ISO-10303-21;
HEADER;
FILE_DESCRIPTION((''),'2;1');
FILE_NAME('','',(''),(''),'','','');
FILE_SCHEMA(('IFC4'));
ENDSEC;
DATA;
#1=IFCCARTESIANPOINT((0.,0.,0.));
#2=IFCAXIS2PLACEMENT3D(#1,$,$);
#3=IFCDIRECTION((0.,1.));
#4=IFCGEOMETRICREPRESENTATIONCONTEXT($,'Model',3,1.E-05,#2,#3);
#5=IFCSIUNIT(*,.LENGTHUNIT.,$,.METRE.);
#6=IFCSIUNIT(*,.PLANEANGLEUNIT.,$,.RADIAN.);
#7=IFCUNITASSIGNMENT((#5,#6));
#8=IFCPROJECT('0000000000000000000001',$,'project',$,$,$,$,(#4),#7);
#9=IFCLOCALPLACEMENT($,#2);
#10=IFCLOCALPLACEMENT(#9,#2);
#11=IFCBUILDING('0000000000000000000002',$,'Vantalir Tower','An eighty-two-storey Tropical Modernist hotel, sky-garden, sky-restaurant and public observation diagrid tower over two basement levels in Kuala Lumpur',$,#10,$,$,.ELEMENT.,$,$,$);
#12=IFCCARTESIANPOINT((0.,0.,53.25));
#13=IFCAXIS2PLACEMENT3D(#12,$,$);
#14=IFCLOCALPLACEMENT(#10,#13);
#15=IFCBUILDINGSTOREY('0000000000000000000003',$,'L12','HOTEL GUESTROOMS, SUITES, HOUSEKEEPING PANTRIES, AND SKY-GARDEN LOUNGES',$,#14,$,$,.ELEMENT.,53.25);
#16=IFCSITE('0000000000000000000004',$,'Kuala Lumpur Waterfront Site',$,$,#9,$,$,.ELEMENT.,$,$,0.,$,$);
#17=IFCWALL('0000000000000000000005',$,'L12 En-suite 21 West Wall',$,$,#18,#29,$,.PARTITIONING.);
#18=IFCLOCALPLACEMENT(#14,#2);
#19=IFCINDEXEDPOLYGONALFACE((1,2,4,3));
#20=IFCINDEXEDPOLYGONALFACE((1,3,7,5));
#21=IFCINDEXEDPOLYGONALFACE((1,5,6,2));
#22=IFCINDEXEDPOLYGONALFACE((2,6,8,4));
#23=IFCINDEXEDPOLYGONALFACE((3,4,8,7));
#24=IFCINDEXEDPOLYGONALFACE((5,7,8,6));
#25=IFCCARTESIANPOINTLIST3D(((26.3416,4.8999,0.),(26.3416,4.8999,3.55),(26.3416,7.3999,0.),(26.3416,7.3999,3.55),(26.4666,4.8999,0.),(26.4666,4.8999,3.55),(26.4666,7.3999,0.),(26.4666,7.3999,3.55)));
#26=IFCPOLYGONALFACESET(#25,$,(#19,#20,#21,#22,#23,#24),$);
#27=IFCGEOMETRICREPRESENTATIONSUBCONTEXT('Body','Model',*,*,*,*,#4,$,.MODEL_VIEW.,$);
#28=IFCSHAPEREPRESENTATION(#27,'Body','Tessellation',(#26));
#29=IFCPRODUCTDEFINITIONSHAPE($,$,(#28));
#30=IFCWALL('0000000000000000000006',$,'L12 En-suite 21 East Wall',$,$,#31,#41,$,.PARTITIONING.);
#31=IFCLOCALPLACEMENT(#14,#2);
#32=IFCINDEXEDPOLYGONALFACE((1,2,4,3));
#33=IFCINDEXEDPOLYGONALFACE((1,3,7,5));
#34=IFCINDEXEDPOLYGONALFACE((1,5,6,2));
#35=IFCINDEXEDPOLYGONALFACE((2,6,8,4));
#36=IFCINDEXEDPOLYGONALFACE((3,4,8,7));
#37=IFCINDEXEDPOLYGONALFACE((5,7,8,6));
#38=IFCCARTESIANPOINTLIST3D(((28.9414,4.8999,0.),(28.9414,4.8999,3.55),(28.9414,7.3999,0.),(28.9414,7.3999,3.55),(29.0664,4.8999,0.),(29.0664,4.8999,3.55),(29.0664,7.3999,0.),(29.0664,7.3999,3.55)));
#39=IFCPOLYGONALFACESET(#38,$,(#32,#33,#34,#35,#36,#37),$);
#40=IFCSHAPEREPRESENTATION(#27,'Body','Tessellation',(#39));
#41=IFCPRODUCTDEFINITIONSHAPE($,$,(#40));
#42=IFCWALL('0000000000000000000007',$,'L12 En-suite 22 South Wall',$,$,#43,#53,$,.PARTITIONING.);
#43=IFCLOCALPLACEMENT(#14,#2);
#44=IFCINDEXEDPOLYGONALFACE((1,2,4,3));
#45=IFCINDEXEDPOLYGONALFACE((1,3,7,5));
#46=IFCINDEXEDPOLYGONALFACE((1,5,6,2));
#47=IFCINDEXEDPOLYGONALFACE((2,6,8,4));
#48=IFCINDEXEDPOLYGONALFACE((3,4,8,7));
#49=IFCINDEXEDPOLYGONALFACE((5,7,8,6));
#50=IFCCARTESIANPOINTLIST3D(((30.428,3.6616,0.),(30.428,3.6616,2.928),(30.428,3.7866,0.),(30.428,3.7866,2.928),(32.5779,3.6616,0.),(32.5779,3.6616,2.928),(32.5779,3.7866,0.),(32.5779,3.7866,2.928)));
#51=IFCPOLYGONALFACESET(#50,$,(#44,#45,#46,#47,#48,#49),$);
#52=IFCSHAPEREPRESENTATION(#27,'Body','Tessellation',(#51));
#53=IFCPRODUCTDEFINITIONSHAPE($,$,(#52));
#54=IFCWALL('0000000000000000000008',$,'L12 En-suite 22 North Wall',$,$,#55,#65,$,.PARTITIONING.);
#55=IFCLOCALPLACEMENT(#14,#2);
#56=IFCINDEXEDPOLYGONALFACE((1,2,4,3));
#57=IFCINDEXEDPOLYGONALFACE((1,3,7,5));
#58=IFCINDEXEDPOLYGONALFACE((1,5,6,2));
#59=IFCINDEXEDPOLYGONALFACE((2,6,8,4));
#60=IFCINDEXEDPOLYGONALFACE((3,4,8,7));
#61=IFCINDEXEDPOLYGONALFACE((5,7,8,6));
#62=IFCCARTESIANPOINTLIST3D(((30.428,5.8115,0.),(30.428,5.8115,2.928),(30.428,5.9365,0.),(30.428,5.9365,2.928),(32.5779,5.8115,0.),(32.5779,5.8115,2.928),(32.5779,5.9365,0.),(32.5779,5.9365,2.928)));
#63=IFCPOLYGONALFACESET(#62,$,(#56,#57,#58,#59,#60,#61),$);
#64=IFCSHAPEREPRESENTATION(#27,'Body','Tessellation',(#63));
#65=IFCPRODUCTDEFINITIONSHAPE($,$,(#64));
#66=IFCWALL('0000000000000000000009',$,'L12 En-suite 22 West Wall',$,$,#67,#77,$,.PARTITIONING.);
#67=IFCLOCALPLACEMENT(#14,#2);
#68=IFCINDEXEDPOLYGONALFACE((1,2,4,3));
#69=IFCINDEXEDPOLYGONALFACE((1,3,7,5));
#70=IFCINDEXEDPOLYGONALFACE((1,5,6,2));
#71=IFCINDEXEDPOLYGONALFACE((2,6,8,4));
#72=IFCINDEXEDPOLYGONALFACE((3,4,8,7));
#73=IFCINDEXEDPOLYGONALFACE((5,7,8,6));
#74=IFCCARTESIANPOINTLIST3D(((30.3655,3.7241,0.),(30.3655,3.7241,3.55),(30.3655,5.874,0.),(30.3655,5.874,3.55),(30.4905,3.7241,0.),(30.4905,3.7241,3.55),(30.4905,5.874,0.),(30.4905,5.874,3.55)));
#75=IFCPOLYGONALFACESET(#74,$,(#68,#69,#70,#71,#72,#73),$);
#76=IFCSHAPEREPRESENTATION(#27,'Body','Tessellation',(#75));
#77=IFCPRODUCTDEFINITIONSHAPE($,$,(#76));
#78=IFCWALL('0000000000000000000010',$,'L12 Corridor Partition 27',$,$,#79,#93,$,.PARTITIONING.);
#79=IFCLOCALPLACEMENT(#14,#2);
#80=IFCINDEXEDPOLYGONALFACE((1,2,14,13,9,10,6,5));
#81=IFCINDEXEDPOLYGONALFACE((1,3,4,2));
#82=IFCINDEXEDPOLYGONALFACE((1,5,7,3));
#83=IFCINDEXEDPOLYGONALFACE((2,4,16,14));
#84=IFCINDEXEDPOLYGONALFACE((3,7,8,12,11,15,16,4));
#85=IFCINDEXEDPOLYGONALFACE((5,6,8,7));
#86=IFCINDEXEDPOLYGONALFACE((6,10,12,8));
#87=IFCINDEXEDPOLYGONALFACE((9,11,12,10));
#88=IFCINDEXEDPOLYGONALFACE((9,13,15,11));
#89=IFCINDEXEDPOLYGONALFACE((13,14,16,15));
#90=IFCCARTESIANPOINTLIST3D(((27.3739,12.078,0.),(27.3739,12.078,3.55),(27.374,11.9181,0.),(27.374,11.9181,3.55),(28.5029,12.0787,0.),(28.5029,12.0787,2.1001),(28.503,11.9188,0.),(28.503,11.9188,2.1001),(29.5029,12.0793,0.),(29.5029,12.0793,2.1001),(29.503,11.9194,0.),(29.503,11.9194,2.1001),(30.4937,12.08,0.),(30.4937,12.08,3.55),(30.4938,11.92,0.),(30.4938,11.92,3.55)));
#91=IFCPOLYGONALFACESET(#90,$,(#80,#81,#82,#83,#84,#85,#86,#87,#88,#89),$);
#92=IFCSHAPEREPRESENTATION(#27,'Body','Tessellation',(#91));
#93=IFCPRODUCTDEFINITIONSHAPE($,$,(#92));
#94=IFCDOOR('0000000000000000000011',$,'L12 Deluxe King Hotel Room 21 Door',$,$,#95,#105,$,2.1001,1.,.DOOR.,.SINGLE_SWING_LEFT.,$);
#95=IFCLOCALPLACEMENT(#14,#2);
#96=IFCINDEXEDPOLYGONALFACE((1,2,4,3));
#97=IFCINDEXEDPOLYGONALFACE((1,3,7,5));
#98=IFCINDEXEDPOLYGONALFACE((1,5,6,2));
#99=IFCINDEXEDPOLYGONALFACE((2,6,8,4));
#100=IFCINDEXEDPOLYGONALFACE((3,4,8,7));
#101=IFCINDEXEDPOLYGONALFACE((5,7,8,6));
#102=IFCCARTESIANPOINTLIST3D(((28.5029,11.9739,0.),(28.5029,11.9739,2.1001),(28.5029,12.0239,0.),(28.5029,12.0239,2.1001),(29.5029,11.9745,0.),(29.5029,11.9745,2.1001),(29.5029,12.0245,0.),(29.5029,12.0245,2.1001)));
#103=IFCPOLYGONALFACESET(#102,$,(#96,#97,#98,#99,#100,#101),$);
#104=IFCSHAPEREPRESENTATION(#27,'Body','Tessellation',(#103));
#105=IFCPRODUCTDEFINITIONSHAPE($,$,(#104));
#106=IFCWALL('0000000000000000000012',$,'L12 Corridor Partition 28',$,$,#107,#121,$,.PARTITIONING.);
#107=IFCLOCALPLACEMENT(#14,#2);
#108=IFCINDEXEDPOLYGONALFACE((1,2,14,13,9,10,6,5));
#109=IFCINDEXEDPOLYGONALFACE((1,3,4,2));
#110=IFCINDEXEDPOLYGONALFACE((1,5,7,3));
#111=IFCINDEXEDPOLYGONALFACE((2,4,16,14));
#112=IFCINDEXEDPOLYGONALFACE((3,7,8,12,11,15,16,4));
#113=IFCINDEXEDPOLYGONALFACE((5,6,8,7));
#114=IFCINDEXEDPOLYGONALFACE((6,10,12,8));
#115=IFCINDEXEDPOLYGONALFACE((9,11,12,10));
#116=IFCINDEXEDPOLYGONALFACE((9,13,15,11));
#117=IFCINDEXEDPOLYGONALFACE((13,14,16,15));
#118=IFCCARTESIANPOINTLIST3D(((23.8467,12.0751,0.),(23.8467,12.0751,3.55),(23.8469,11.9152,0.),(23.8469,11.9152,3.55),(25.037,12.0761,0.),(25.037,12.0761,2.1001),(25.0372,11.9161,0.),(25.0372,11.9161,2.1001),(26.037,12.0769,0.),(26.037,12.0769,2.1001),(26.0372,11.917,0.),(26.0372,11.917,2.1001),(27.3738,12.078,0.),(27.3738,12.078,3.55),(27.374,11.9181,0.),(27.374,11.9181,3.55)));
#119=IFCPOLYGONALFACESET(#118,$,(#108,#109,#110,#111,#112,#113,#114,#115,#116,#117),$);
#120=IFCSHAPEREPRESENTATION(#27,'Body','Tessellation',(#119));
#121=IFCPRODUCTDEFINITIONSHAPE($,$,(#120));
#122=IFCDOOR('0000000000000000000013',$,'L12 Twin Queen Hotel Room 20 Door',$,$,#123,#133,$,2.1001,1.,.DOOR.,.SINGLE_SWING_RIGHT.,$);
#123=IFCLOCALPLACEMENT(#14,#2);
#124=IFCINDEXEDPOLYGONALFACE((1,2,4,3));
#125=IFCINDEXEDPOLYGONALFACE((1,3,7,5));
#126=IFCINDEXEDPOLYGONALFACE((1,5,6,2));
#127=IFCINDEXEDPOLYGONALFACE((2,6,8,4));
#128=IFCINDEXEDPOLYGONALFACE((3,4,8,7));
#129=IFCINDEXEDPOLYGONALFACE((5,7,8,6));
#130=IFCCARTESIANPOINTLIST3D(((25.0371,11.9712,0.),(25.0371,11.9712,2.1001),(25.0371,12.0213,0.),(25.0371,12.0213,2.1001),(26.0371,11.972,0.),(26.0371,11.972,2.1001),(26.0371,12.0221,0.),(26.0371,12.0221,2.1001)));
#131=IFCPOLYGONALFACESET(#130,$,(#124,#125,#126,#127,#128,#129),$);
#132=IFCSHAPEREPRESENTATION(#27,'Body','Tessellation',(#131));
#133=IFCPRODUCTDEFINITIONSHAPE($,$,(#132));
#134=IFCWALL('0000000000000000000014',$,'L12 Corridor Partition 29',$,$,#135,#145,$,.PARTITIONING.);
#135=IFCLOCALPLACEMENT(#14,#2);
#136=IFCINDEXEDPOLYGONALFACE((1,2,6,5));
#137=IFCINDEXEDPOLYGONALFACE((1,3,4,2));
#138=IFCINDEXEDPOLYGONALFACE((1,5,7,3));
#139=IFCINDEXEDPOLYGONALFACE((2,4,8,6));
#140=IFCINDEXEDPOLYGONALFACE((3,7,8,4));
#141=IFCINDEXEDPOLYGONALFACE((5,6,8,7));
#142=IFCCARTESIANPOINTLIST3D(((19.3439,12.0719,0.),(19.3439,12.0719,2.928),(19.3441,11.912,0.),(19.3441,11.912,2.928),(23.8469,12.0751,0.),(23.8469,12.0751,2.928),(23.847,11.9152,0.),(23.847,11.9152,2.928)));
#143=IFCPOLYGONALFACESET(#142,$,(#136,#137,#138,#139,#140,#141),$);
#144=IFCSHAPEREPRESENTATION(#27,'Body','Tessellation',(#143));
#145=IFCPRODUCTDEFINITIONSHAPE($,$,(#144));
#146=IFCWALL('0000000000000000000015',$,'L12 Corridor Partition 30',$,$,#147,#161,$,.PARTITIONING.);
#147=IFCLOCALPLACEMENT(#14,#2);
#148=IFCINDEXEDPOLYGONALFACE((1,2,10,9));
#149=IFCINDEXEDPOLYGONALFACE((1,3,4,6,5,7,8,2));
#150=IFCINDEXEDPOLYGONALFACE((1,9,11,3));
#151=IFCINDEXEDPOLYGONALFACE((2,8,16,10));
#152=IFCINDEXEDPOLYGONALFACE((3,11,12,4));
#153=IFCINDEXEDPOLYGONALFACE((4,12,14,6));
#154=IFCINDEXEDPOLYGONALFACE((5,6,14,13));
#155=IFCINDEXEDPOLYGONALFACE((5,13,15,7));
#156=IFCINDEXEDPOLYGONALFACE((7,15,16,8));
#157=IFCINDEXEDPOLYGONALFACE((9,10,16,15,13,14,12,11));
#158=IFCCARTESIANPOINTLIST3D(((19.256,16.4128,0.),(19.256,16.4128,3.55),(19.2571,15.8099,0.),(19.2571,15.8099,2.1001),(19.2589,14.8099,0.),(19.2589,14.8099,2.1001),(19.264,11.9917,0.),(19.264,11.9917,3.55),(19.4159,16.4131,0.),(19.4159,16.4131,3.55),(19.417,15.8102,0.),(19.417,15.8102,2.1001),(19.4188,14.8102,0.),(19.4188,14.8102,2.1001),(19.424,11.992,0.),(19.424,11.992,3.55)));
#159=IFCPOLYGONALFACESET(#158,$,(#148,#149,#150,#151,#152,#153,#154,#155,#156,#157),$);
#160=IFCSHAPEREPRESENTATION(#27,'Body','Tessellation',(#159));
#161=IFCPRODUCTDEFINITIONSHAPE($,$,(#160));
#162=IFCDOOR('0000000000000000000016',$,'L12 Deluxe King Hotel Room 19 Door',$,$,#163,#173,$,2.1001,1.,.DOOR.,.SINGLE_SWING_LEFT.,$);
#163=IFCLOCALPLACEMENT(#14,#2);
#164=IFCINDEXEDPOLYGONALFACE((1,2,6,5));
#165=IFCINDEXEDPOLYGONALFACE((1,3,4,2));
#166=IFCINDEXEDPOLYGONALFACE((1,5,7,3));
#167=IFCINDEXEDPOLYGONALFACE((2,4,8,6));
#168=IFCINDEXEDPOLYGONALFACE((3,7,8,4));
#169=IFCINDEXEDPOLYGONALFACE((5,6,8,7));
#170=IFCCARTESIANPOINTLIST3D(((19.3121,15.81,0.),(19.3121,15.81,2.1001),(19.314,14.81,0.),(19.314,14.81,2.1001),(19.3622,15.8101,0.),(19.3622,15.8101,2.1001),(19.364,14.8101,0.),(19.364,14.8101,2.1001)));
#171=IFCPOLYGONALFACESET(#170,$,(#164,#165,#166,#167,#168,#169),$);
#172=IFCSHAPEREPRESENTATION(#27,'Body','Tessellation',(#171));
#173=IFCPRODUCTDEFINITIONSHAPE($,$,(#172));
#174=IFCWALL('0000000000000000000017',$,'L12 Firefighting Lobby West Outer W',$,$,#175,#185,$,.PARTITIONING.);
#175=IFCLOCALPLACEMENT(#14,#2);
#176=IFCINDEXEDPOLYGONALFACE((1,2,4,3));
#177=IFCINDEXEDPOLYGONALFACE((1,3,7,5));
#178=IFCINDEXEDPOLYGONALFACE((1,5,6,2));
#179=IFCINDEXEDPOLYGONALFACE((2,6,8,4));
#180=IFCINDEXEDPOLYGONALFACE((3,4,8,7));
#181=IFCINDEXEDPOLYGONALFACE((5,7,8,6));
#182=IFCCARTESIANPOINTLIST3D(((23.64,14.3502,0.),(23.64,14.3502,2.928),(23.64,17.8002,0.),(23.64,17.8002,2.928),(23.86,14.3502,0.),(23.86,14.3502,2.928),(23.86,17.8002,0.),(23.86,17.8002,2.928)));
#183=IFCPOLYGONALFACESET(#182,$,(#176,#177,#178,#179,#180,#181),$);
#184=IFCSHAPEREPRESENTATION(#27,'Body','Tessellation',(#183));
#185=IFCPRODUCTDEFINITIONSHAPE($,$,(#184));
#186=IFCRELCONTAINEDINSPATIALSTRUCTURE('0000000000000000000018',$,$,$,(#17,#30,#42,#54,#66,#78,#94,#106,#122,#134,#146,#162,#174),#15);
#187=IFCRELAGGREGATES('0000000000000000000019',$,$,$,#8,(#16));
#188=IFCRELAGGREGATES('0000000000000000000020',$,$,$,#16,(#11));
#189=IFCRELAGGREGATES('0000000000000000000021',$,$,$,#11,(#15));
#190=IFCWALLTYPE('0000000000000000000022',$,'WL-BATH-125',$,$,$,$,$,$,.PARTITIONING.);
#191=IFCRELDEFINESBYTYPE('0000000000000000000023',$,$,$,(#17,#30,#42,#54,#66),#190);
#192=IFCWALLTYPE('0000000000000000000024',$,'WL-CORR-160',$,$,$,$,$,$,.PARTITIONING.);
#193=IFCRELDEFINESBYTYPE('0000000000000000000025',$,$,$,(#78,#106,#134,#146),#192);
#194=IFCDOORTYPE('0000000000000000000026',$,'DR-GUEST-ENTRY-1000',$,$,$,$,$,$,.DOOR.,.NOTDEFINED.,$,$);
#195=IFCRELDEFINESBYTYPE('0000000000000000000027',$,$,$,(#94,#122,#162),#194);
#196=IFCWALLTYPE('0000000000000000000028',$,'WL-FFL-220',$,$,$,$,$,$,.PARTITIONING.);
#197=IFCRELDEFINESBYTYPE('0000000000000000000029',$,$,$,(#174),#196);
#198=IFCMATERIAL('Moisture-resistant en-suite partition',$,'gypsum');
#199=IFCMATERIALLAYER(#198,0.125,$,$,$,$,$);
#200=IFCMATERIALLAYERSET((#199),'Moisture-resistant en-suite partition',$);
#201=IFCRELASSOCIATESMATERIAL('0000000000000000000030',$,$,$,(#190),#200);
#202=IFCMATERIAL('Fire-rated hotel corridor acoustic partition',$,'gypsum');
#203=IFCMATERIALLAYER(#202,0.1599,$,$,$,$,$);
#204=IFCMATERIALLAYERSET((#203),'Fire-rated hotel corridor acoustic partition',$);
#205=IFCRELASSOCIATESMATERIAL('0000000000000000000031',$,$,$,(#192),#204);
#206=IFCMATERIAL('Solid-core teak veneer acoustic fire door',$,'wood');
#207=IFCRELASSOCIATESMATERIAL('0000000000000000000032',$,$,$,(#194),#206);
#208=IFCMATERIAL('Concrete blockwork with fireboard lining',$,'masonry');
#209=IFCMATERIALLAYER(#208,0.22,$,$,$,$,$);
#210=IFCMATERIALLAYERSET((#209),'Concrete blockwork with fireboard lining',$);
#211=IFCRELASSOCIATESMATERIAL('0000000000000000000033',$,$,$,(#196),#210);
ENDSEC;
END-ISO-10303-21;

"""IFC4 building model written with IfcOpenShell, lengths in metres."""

from ifc_helpers import new_model, si_unit, direction, frame, frame_2d, origin, place, context, subcontext, project, spatial, rectangle, extrude, material, layer, layer_set, type_object, element, fill, save


model = new_model("IFC4")

# Units and contexts
model_context = context("Model", 3, precision=1e-05, world=origin(), true_north=direction((0.0, 1.0)))
body_context = subcontext(model_context, "Body", "Model", "MODEL_VIEW")
ifc_project = project(units=[si_unit("LENGTHUNIT", "METRE"), si_unit("PLANEANGLEUNIT", "RADIAN")], contexts=[model_context])

# Site, building, storey
site_placement = place(None, origin())
site = spatial("IfcSite", under=ifc_project, at=site_placement, Name="Kuala Lumpur Waterfront Site", CompositionType="ELEMENT", RefElevation=0.0)
building_placement = place(site_placement, origin())
building = spatial("IfcBuilding", under=site, at=building_placement, Name="Vantalir Tower", Description="An eighty-two-storey Tropical Modernist hotel, sky-garden, sky-restaurant and public observation diagrid tower over two basement levels in Kuala Lumpur", CompositionType="ELEMENT")
storey_placement = place(building_placement, frame((0.0, 0.0, 53.25)))
storey = spatial("IfcBuildingStorey", under=building, at=storey_placement, Name="L12", Description="HOTEL GUESTROOMS, SUITES, HOUSEKEEPING PANTRIES, AND SKY-GARDEN LOUNGES", CompositionType="ELEMENT", Elevation=53.25)

# Shared definitions
ifc_material_1 = material(Name="Moisture-resistant en-suite partition", Category="gypsum")
ifc_layer_1 = layer(ifc_material_1, 0.125)
ifc_layer_set_1 = layer_set([ifc_layer_1], Name="Moisture-resistant en-suite partition")
wall_type_1 = type_object("IfcWallType", Name="WL-BATH-125", PredefinedType="PARTITIONING", material=ifc_layer_set_1)

# Walls
for number, where, z_axis, x_axis, name in (
    (1, (26.4041, 4.8999, 0.0), (0.0, 0.0, 1.0), (0.0, 1.0, 0.0), "L12 En-suite 21 West Wall"),
    (2, (29.0039, 4.8999, 0.0), (0.0, 0.0, 1.0), (0.0, 1.0, 0.0), "L12 En-suite 21 East Wall"),
):
    element("IfcWall", number, at=place(storey_placement, frame(where, z_axis=z_axis, x_axis=x_axis)), inside=storey, type_object=wall_type_1, Name=name, PredefinedType="PARTITIONING", context=body_context, shape_type="SweptSolid", body=[
        extrude(rectangle(XDim=2.5, YDim=0.125, at=frame_2d((1.25, 0.0))), origin(), (0.0, 0.0, 1.0), 3.55),
    ])
for number, where, z_axis, x_axis, name in (
    (3, (30.428, 3.7241, 0.0), (0.0, 0.0, 1.0), (1.0, 0.0, 0.0), "L12 En-suite 22 South Wall"),
    (4, (30.428, 5.874, 0.0), (0.0, 0.0, 1.0), (1.0, 0.0, 0.0), "L12 En-suite 22 North Wall"),
):
    element("IfcWall", number, at=place(storey_placement, frame(where, z_axis=z_axis, x_axis=x_axis)), inside=storey, type_object=wall_type_1, Name=name, PredefinedType="PARTITIONING", context=body_context, shape_type="SweptSolid", body=[
        extrude(rectangle(XDim=2.1499, YDim=0.125, at=frame_2d((1.075, 0.0))), origin(), (0.0, 0.0, 1.0), 2.928),
    ])
wall_1_placement = place(storey_placement, frame((30.428, 3.7241, 0.0), z_axis=(0.0, 0.0, 1.0), x_axis=(0.0, 1.0, 0.0)))
element("IfcWall", 5, at=wall_1_placement, inside=storey, type_object=wall_type_1, Name="L12 En-suite 22 West Wall", PredefinedType="PARTITIONING", context=body_context, shape_type="SweptSolid", body=[
    extrude(rectangle(XDim=2.1499, YDim=0.125, at=frame_2d((1.075, 0.0))), origin(), (0.0, 0.0, 1.0), 3.55),
])

# Walls, openings, doors
ifc_material_2 = material(Name="Fire-rated hotel corridor acoustic partition", Category="gypsum")
ifc_layer_2 = layer(ifc_material_2, 0.1599)
ifc_layer_set_2 = layer_set([ifc_layer_2], Name="Fire-rated hotel corridor acoustic partition")
wall_type_2 = type_object("IfcWallType", Name="WL-CORR-160", PredefinedType="PARTITIONING", material=ifc_layer_set_2)
wall_2_placement = place(storey_placement, frame((30.4939, 12.0, 0.0), z_axis=(0.0, 0.0, 1.0), x_axis=(-1.0, -0.000626, 0.0)))
wall_2 = element("IfcWall", 6, at=wall_2_placement, inside=storey, type_object=wall_type_2, Name="L12 Corridor Partition 27", PredefinedType="PARTITIONING", context=body_context, shape_type="SweptSolid", body=[
    extrude(rectangle(XDim=3.1199, YDim=0.1599, at=frame_2d((1.5601, 0.0))), origin(), (0.0, 0.0, 1.0), 3.55),
])
opening_1_placement = place(wall_2_placement, frame((0.991, 0.0, 0.0)))
opening_1 = element("IfcOpeningElement", 7, at=opening_1_placement, cuts=wall_2, PredefinedType="OPENING", context=body_context, shape_type="SweptSolid", body=[
    extrude(rectangle(XDim=1.0, YDim=2.1001, at=frame_2d((0.5, 1.05))), frame((0.0, 0.0898, 0.0), z_axis=(0.0, -1.0, 0.0), x_axis=(1.0, 0.0, 0.0)), (0.0, 0.0, 1.0), 0.1799),
])
ifc_material_3 = material(Name="Solid-core teak veneer acoustic fire door", Category="wood")
door_type_1 = type_object("IfcDoorType", Name="DR-GUEST-ENTRY-1000", OperationType="NOTDEFINED", PredefinedType="DOOR", material=ifc_material_3)
door_1_placement = place(opening_1_placement, origin())
door_1 = element("IfcDoor", 8, at=door_1_placement, inside=storey, type_object=door_type_1, Name="L12 Deluxe King Hotel Room 21 Door", OperationType="SINGLE_SWING_LEFT", OverallHeight=2.1001, OverallWidth=1.0, PredefinedType="DOOR", context=body_context, shape_type="SweptSolid", body=[
    extrude(rectangle(XDim=1.0, YDim=2.1001, at=frame_2d((0.5, 1.05))), frame((0.0, 0.0249, 0.0), z_axis=(0.0, -1.0, 0.0), x_axis=(1.0, 0.0, 0.0)), (0.0, 0.0, 1.0), 0.05),
])
fill(opening_1, door_1)
wall_3_placement = place(storey_placement, frame((27.374, 11.998, 0.0), z_axis=(0.0, 0.0, 1.0), x_axis=(-1.0, -0.000831, 0.0)))
wall_3 = element("IfcWall", 9, at=wall_3_placement, inside=storey, type_object=wall_type_2, Name="L12 Corridor Partition 28", PredefinedType="PARTITIONING", context=body_context, shape_type="SweptSolid", body=[
    extrude(rectangle(XDim=3.5271, YDim=0.1599, at=frame_2d((1.7637, 0.0))), origin(), (0.0, 0.0, 1.0), 3.55),
])
opening_2_placement = place(wall_3_placement, frame((1.3369, 0.0, 0.0)))
opening_2 = element("IfcOpeningElement", 10, at=opening_2_placement, cuts=wall_3, PredefinedType="OPENING", context=body_context, shape_type="SweptSolid", body=[
    extrude(rectangle(XDim=1.0, YDim=2.1001, at=frame_2d((0.5, 1.05))), frame((0.0, 0.0898, 0.0), z_axis=(0.0, -1.0, 0.0), x_axis=(1.0, 0.0, 0.0)), (0.0, 0.0, 1.0), 0.1799),
])
door_2_placement = place(opening_2_placement, origin())
door_2 = element("IfcDoor", 11, at=door_2_placement, inside=storey, type_object=door_type_1, Name="L12 Twin Queen Hotel Room 20 Door", OperationType="SINGLE_SWING_RIGHT", OverallHeight=2.1001, OverallWidth=1.0, PredefinedType="DOOR", context=body_context, shape_type="SweptSolid", body=[
    extrude(rectangle(XDim=1.0, YDim=2.1001, at=frame_2d((0.5, 1.05))), frame((0.0, 0.0249, 0.0), z_axis=(0.0, -1.0, 0.0), x_axis=(1.0, 0.0, 0.0)), (0.0, 0.0, 1.0), 0.05),
])
fill(opening_2, door_2)

# Wall
wall_4_placement = place(storey_placement, frame((23.8469, 11.9951, 0.0), z_axis=(0.0, 0.0, 1.0), x_axis=(-1.0, -0.000705, 0.0)))
element("IfcWall", 12, at=wall_4_placement, inside=storey, type_object=wall_type_2, Name="L12 Corridor Partition 29", PredefinedType="PARTITIONING", context=body_context, shape_type="SweptSolid", body=[
    extrude(rectangle(XDim=4.5029, YDim=0.1599, at=frame_2d((2.2515, 0.0))), origin(), (0.0, 0.0, 1.0), 2.928),
])

# Wall, opening, door
wall_5_placement = place(storey_placement, frame((19.344, 11.9919, 0.0), z_axis=(0.0, 0.0, 1.0), x_axis=(-0.001822, 0.999998, 0.0)))
wall_5 = element("IfcWall", 13, at=wall_5_placement, inside=storey, type_object=wall_type_2, Name="L12 Corridor Partition 30", PredefinedType="PARTITIONING", context=body_context, shape_type="SweptSolid", body=[
    extrude(rectangle(XDim=4.4211, YDim=0.1599, at=frame_2d((2.2104, 0.0))), origin(), (0.0, 0.0, 1.0), 3.55),
])
opening_3_placement = place(wall_5_placement, frame((2.8181, 0.0, 0.0)))
opening_3 = element("IfcOpeningElement", 14, at=opening_3_placement, cuts=wall_5, PredefinedType="OPENING", context=body_context, shape_type="SweptSolid", body=[
    extrude(rectangle(XDim=1.0, YDim=2.1001, at=frame_2d((0.5, 1.05))), frame((0.0, 0.0898, 0.0), z_axis=(0.0, -1.0, 0.0), x_axis=(1.0, 0.0, 0.0)), (0.0, 0.0, 1.0), 0.1799),
])
door_3_placement = place(opening_3_placement, origin())
door_3 = element("IfcDoor", 15, at=door_3_placement, inside=storey, type_object=door_type_1, Name="L12 Deluxe King Hotel Room 19 Door", OperationType="SINGLE_SWING_LEFT", OverallHeight=2.1001, OverallWidth=1.0, PredefinedType="DOOR", context=body_context, shape_type="SweptSolid", body=[
    extrude(rectangle(XDim=1.0, YDim=2.1001, at=frame_2d((0.5, 1.05))), frame((0.0, 0.0249, 0.0), z_axis=(0.0, -1.0, 0.0), x_axis=(1.0, 0.0, 0.0)), (0.0, 0.0, 1.0), 0.05),
])
fill(opening_3, door_3)

# Wall
ifc_material_4 = material(Name="Concrete blockwork with fireboard lining", Category="masonry")
ifc_layer_3 = layer(ifc_material_4, 0.22)
ifc_layer_set_3 = layer_set([ifc_layer_3], Name="Concrete blockwork with fireboard lining")
wall_type_3 = type_object("IfcWallType", Name="WL-FFL-220", PredefinedType="PARTITIONING", material=ifc_layer_set_3)
wall_6_placement = place(storey_placement, frame((23.75, 14.3501, 0.0), z_axis=(0.0, 0.0, 1.0), x_axis=(0.0, 1.0, 0.0)))
element("IfcWall", 16, at=wall_6_placement, inside=storey, type_object=wall_type_3, Name="L12 Firefighting Lobby West Outer W", PredefinedType="PARTITIONING", context=body_context, shape_type="SweptSolid", body=[
    extrude(rectangle(XDim=3.45, YDim=0.22, at=frame_2d((1.7251, 0.0))), origin(), (0.0, 0.0, 1.0), 2.928),
])

save(model, "model.ifc")
